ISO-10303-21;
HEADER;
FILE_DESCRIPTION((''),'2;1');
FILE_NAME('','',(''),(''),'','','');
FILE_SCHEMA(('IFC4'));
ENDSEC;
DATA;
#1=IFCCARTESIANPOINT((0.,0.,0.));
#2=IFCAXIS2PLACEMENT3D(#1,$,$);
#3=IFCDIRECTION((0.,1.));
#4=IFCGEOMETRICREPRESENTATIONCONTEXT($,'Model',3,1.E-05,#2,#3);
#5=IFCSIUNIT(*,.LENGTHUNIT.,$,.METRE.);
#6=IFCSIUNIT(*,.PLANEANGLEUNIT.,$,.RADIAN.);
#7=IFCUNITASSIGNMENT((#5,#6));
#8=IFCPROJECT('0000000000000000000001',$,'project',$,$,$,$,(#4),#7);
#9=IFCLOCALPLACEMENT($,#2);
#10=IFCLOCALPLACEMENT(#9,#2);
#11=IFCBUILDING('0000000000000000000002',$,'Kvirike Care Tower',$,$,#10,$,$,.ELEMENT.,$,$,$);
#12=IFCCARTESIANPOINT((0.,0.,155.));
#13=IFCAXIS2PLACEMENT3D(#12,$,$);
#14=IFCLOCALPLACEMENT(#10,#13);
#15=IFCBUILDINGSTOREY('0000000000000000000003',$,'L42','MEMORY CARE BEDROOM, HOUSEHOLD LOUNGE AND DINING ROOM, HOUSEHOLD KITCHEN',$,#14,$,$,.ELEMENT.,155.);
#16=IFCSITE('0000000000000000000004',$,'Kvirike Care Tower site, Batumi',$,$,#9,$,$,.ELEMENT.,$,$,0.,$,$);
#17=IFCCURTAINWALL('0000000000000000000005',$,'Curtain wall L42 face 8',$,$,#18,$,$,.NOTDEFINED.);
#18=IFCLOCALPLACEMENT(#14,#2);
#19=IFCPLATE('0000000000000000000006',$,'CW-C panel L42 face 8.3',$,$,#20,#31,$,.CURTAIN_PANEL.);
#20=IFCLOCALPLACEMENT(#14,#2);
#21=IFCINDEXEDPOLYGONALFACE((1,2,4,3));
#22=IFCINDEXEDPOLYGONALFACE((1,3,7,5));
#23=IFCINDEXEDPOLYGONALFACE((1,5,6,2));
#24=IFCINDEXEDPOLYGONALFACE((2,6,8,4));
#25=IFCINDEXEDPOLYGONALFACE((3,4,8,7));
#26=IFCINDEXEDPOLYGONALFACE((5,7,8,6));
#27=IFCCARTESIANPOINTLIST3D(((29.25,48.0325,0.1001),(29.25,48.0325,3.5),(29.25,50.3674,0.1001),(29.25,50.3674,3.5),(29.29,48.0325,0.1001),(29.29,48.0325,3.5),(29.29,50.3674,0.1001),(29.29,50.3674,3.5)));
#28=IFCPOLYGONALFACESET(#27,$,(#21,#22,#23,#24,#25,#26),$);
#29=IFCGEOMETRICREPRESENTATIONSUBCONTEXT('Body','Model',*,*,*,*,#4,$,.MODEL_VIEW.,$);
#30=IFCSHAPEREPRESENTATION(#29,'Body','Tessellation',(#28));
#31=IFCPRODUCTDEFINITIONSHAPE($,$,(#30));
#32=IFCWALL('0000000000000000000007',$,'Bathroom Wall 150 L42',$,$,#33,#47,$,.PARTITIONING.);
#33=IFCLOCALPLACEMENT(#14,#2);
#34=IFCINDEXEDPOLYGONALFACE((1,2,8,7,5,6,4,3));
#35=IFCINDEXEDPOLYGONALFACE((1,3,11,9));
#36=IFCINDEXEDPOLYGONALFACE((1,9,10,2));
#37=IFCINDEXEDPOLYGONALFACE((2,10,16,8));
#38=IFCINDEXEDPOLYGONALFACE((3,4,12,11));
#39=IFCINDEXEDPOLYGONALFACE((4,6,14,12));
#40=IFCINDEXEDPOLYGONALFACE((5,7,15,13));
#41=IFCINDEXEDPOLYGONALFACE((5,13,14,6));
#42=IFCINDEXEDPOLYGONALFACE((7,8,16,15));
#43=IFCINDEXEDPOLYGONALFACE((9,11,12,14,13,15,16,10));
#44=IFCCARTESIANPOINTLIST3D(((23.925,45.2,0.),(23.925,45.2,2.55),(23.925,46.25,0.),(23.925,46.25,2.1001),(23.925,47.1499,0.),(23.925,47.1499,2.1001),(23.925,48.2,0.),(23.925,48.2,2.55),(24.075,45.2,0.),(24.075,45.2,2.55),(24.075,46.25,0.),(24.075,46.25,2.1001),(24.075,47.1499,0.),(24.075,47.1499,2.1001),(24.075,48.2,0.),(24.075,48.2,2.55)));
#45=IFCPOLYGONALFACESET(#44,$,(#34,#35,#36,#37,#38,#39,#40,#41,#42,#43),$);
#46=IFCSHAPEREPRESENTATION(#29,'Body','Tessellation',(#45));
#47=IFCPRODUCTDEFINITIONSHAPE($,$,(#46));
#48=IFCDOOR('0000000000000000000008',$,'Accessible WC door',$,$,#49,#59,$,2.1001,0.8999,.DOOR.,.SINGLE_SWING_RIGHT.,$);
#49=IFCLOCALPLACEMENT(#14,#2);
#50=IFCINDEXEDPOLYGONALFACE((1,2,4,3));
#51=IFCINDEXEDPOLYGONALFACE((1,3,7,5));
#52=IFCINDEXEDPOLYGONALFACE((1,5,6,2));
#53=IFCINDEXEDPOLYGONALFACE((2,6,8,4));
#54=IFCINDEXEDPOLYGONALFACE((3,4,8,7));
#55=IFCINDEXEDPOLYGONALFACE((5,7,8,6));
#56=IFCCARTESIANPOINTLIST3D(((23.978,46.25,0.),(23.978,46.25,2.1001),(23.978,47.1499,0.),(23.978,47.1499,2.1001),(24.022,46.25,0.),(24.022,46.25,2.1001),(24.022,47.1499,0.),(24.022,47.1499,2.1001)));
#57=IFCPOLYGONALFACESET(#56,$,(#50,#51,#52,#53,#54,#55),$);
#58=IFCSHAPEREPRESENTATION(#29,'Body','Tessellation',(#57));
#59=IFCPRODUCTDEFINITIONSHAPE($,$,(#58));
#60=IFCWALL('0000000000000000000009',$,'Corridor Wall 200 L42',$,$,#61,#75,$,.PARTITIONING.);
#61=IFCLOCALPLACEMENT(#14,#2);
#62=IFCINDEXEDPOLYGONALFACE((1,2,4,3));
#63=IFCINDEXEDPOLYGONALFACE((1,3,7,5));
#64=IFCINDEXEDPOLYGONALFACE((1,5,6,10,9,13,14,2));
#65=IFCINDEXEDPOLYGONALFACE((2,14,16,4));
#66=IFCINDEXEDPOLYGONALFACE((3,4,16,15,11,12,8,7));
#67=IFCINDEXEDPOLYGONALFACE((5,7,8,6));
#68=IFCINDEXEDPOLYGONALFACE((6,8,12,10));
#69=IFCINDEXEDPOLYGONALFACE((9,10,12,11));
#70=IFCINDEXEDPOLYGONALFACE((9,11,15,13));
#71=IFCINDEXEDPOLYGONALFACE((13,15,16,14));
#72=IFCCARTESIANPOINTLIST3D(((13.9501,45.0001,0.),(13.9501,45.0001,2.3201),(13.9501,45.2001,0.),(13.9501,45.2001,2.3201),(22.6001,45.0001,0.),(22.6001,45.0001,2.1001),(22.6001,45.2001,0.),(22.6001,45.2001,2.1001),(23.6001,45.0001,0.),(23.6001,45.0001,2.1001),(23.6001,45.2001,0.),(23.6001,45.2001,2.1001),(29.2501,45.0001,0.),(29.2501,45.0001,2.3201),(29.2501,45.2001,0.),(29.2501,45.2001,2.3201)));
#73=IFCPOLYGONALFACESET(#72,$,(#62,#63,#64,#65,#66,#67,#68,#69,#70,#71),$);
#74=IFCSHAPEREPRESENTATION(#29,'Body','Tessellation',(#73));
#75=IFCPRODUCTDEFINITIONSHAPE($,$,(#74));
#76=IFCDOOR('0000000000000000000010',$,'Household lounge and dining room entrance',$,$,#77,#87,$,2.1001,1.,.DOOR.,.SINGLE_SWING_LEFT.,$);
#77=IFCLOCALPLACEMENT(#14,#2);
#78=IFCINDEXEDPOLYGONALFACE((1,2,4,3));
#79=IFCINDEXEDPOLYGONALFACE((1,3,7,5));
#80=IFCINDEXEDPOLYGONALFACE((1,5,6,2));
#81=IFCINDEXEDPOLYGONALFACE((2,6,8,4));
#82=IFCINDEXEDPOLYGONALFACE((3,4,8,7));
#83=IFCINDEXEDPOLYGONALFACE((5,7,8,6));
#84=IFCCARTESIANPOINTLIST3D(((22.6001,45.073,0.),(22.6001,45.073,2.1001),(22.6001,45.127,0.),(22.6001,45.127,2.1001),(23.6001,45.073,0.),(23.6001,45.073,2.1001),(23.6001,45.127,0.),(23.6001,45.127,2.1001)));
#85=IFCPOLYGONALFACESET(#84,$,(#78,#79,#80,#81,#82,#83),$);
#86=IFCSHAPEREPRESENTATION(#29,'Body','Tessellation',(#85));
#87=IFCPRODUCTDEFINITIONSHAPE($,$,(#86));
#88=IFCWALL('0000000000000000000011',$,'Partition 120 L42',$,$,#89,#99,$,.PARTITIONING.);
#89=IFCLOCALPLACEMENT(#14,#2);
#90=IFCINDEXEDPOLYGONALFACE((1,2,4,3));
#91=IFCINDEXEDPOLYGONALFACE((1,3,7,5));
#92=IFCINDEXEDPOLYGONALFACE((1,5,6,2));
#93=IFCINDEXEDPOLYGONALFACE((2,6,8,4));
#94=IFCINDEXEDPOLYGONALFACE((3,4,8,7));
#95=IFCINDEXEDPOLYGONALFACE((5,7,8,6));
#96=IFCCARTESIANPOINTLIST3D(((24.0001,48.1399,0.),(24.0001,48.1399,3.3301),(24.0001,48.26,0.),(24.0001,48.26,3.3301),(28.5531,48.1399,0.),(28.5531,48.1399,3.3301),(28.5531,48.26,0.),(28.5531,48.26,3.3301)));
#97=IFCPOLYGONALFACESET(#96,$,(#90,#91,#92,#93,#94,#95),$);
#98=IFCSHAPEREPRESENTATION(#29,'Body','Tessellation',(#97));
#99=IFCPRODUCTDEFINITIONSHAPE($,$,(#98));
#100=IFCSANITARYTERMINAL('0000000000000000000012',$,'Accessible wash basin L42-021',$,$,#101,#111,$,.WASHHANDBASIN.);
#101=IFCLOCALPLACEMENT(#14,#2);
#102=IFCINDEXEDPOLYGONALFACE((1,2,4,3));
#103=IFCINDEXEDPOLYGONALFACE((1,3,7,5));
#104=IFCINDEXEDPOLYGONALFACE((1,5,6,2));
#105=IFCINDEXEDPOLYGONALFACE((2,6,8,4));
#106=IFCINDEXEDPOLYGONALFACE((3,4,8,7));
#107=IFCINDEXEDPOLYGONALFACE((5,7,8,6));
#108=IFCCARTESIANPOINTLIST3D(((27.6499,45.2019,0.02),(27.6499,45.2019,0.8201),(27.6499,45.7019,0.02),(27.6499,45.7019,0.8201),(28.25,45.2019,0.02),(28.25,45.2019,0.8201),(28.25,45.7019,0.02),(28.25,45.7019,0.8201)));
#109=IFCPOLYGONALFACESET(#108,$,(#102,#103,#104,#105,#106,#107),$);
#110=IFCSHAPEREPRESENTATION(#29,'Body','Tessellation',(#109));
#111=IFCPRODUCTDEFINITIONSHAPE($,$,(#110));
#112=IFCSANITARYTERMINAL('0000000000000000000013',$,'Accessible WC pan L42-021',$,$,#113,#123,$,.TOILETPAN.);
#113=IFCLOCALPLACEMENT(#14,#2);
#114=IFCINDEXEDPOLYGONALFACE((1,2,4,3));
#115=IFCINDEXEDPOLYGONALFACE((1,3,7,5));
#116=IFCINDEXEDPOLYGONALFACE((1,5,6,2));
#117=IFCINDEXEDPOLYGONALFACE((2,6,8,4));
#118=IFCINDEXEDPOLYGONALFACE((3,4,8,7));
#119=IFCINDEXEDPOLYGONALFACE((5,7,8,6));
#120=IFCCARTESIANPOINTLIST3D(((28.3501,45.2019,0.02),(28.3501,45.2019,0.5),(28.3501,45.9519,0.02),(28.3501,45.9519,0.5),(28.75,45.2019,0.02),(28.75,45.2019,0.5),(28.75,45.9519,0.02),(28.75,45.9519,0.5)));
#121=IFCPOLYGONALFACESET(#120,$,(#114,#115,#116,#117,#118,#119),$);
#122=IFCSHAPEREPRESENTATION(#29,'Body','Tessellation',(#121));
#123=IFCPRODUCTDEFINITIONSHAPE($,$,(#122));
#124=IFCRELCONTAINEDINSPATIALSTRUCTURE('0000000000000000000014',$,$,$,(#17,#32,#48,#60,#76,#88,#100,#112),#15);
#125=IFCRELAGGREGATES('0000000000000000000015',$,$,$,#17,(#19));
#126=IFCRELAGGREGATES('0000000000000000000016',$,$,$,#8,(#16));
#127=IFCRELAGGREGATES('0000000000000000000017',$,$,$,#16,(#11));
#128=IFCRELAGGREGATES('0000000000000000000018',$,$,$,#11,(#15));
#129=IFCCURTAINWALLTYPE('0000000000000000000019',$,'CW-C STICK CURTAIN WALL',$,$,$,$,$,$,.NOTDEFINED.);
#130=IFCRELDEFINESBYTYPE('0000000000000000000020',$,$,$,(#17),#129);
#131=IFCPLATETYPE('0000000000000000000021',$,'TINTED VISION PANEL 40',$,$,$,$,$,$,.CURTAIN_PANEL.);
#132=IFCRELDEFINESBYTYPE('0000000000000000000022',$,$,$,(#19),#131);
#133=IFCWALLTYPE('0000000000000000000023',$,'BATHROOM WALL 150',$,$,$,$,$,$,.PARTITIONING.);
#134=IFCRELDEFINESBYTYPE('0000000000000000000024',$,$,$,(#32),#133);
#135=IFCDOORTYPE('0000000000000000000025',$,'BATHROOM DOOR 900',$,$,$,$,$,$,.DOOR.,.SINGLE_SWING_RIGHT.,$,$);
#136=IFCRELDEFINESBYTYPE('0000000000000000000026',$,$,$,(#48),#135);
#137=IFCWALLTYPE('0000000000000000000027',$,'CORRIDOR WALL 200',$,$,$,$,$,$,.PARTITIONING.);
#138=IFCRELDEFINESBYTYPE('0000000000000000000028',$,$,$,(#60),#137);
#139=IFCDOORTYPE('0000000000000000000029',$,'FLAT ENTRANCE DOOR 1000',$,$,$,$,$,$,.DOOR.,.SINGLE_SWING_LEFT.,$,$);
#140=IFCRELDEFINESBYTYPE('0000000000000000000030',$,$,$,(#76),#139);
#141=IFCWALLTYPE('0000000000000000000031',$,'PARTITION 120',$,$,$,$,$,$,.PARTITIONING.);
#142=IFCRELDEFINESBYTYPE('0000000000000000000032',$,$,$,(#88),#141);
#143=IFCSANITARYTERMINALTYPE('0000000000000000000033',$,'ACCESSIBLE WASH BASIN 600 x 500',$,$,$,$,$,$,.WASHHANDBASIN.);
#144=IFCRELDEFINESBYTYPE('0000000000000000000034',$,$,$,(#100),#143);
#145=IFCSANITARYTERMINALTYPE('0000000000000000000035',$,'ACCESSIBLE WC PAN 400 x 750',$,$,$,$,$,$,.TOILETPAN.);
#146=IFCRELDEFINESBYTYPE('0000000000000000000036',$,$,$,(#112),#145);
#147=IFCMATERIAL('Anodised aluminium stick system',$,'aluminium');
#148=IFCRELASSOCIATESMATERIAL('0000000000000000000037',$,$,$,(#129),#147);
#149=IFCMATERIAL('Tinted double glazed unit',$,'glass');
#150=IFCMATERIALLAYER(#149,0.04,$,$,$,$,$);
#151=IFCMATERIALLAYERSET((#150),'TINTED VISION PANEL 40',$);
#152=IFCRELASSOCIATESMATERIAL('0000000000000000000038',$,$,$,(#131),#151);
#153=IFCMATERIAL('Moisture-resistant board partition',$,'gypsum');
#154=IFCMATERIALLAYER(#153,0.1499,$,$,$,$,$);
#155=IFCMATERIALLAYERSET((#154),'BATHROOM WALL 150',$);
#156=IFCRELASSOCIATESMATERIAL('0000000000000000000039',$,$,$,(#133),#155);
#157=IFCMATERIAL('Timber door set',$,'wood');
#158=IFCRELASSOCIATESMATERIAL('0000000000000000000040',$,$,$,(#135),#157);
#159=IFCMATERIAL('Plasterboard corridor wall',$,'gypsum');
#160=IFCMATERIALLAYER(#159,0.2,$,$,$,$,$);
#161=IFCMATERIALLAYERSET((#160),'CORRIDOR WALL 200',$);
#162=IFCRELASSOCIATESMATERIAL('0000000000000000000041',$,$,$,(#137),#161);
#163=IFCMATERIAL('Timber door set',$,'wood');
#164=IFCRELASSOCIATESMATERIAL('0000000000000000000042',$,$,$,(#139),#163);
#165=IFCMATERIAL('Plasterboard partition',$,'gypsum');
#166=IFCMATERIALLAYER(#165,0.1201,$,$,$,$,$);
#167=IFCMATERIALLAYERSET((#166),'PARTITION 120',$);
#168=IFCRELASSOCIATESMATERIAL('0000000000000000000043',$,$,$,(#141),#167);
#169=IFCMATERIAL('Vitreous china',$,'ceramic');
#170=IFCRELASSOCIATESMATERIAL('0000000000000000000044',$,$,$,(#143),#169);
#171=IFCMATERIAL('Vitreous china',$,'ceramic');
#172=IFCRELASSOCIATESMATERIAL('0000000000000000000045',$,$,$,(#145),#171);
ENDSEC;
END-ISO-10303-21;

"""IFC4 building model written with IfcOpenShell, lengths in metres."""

from ifc_helpers import new_model, si_unit, direction, frame, frame_2d, origin, origin_2d, place, context, subcontext, project, spatial, rectangle, extrude, material, layer, layer_set, type_object, element, fill, aggregate, save


model = new_model("IFC4")

# Units and contexts
model_context = context("Model", 3, precision=1e-05, world=origin(), true_north=direction((0.0, 1.0)))
body_context = subcontext(model_context, "Body", "Model", "MODEL_VIEW")
ifc_project = project(units=[si_unit("LENGTHUNIT", "METRE"), si_unit("PLANEANGLEUNIT", "RADIAN")], contexts=[model_context])

# Site, building, storey
site_placement = place(None, origin())
site = spatial("IfcSite", under=ifc_project, at=site_placement, Name="Kvirike Care Tower site, Batumi", CompositionType="ELEMENT", RefElevation=0.0)
building_placement = place(site_placement, origin())
building = spatial("IfcBuilding", under=site, at=building_placement, Name="Kvirike Care Tower", CompositionType="ELEMENT")
storey_placement = place(building_placement, frame((0.0, 0.0, 155.0)))
storey = spatial("IfcBuildingStorey", under=building, at=storey_placement, Name="L42", Description="MEMORY CARE BEDROOM, HOUSEHOLD LOUNGE AND DINING ROOM, HOUSEHOLD KITCHEN", CompositionType="ELEMENT", Elevation=155.0)

# Curtain wall
ifc_material_1 = material(Name="Anodised aluminium stick system", Category="aluminium")
curtain_wall_type = type_object("IfcCurtainWallType", Name="CW-C STICK CURTAIN WALL", PredefinedType="NOTDEFINED", material=ifc_material_1)
curtain_wall_placement = place(storey_placement, origin())
curtain_wall = element("IfcCurtainWall", 1, at=curtain_wall_placement, inside=storey, type_object=curtain_wall_type, Name="Curtain wall L42 face 8", PredefinedType="NOTDEFINED")

# Plate
ifc_material_2 = material(Name="Tinted double glazed unit", Category="glass")
ifc_layer_1 = layer(ifc_material_2, 0.04)
ifc_layer_set_1 = layer_set([ifc_layer_1], Name="TINTED VISION PANEL 40")
plate_type = type_object("IfcPlateType", Name="TINTED VISION PANEL 40", PredefinedType="CURTAIN_PANEL", material=ifc_layer_set_1)
plate_1_placement = place(storey_placement, frame((29.27, 49.2, 0.1001), z_axis=(0.0, 0.0, 1.0), x_axis=(0.0, 1.0, 0.0)))
plate_1 = element("IfcPlate", 2, at=plate_1_placement, type_object=plate_type, Name="CW-C panel L42 face 8.3", PredefinedType="CURTAIN_PANEL", context=body_context, shape_type="SweptSolid", body=[
    extrude(rectangle(XDim=2.335, YDim=0.04, at=origin_2d()), origin(), (0.0, 0.0, 1.0), 3.3999),
])
aggregate(curtain_wall, [plate_1])

# Walls, openings, doors
ifc_material_3 = material(Name="Moisture-resistant board partition", Category="gypsum")
ifc_layer_2 = layer(ifc_material_3, 0.1499)
ifc_layer_set_2 = layer_set([ifc_layer_2], Name="BATHROOM WALL 150")
wall_type_1 = type_object("IfcWallType", Name="BATHROOM WALL 150", PredefinedType="PARTITIONING", material=ifc_layer_set_2)
wall_1_placement = place(storey_placement, frame((24.0, 48.2, 0.0), z_axis=(0.0, 0.0, 1.0), x_axis=(0.0, -1.0, 0.0)))
wall_1 = element("IfcWall", 3, at=wall_1_placement, inside=storey, type_object=wall_type_1, Name="Bathroom Wall 150 L42", PredefinedType="PARTITIONING", context=body_context, shape_type="SweptSolid", body=[
    extrude(rectangle(XDim=3.0, YDim=0.1499, at=frame_2d((1.5, 0.0))), origin(), (0.0, 0.0, 1.0), 2.55),
])
opening_1_placement = place(wall_1_placement, frame((1.05, 0.0, 0.0)))
opening_1 = element("IfcOpeningElement", 4, at=opening_1_placement, cuts=wall_1, PredefinedType="OPENING", context=body_context, shape_type="SweptSolid", body=[
    extrude(rectangle(XDim=0.8999, YDim=2.1001, at=frame_2d((0.45, 1.05))), frame((0.0, 0.0854, 0.0), z_axis=(0.0, -1.0, 0.0), x_axis=(1.0, 0.0, 0.0)), (0.0, 0.0, 1.0), 0.1709),
])
ifc_material_4 = material(Name="Timber door set", Category="wood")
door_type_1 = type_object("IfcDoorType", Name="BATHROOM DOOR 900", OperationType="SINGLE_SWING_RIGHT", PredefinedType="DOOR", material=ifc_material_4)
door_1_placement = place(opening_1_placement, origin())
door_1 = element("IfcDoor", 5, at=door_1_placement, inside=storey, type_object=door_type_1, Name="Accessible WC door", OperationType="SINGLE_SWING_RIGHT", OverallHeight=2.1001, OverallWidth=0.8999, PredefinedType="DOOR", context=body_context, shape_type="SweptSolid", body=[
    extrude(rectangle(XDim=0.8999, YDim=2.1001, at=frame_2d((0.45, 1.05))), frame((0.0, 0.022, 0.0), z_axis=(0.0, -1.0, 0.0), x_axis=(1.0, 0.0, 0.0)), (0.0, 0.0, 1.0), 0.0439),
])
fill(opening_1, door_1)
ifc_material_5 = material(Name="Plasterboard corridor wall", Category="gypsum")
ifc_layer_3 = layer(ifc_material_5, 0.2)
ifc_layer_set_3 = layer_set([ifc_layer_3], Name="CORRIDOR WALL 200")
wall_type_2 = type_object("IfcWallType", Name="CORRIDOR WALL 200", PredefinedType="PARTITIONING", material=ifc_layer_set_3)
wall_2_placement = place(storey_placement, frame((29.25, 45.1001, 0.0), z_axis=(0.0, 0.0, 1.0), x_axis=(-1.0, 0.0, 0.0)))
wall_2 = element("IfcWall", 6, at=wall_2_placement, inside=storey, type_object=wall_type_2, Name="Corridor Wall 200 L42", PredefinedType="PARTITIONING", context=body_context, shape_type="SweptSolid", body=[
    extrude(rectangle(XDim=15.3, YDim=0.2, at=frame_2d((7.6499, 0.0))), origin(), (0.0, 0.0, 1.0), 2.3201),
])
opening_2_placement = place(wall_2_placement, frame((5.6499, 0.0, 0.0)))
opening_2 = element("IfcOpeningElement", 7, at=opening_2_placement, cuts=wall_2, PredefinedType="OPENING", context=body_context, shape_type="SweptSolid", body=[
    extrude(rectangle(XDim=1.0, YDim=2.1001, at=frame_2d((0.5, 1.05))), frame((0.0, 0.1106, 0.0), z_axis=(0.0, -1.0, 0.0), x_axis=(1.0, 0.0, 0.0)), (0.0, 0.0, 1.0), 0.2209),
])
ifc_material_6 = material(Name="Timber door set", Category="wood")
door_type_2 = type_object("IfcDoorType", Name="FLAT ENTRANCE DOOR 1000", OperationType="SINGLE_SWING_LEFT", PredefinedType="DOOR", material=ifc_material_6)
door_2_placement = place(opening_2_placement, frame((1.0, 0.0, 0.0), z_axis=(0.0, 0.0, 1.0), x_axis=(-1.0, 0.0, 0.0)))
door_2 = element("IfcDoor", 8, at=door_2_placement, inside=storey, type_object=door_type_2, Name="Household lounge and dining room entrance", OperationType="SINGLE_SWING_LEFT", OverallHeight=2.1001, OverallWidth=1.0, PredefinedType="DOOR", context=body_context, shape_type="SweptSolid", body=[
    extrude(rectangle(XDim=1.0, YDim=2.1001, at=frame_2d((0.5, 1.05))), frame((0.0, 0.0269, 0.0), z_axis=(0.0, -1.0, 0.0), x_axis=(1.0, 0.0, 0.0)), (0.0, 0.0, 1.0), 0.054),
])
fill(opening_2, door_2)

# Wall
ifc_material_7 = material(Name="Plasterboard partition", Category="gypsum")
ifc_layer_4 = layer(ifc_material_7, 0.1201)
ifc_layer_set_4 = layer_set([ifc_layer_4], Name="PARTITION 120")
wall_type_3 = type_object("IfcWallType", Name="PARTITION 120", PredefinedType="PARTITIONING", material=ifc_layer_set_4)
wall_3_placement = place(storey_placement, frame((28.553, 48.2, 0.0), z_axis=(0.0, 0.0, 1.0), x_axis=(-1.0, 0.0, 0.0)))
element("IfcWall", 9, at=wall_3_placement, inside=storey, type_object=wall_type_3, Name="Partition 120 L42", PredefinedType="PARTITIONING", context=body_context, shape_type="SweptSolid", body=[
    extrude(rectangle(XDim=4.553, YDim=0.1201, at=frame_2d((2.2764, 0.0))), origin(), (0.0, 0.0, 1.0), 3.3301),
])

# Sanitary terminals
ifc_material_8 = material(Name="Vitreous china", Category="ceramic")
sanitary_terminal_type_1 = type_object("IfcSanitaryTerminalType", Name="ACCESSIBLE WASH BASIN 600 x 500", PredefinedType="WASHHANDBASIN", material=ifc_material_8)
sanitary_terminal_1_placement = place(storey_placement, frame((27.95, 45.4519, 0.02), z_axis=(0.0, 0.0, 1.0), x_axis=(-1.0, 0.0, 0.0)))
element("IfcSanitaryTerminal", 10, at=sanitary_terminal_1_placement, inside=storey, type_object=sanitary_terminal_type_1, Name="Accessible wash basin L42-021", PredefinedType="WASHHANDBASIN", context=body_context, shape_type="SweptSolid", body=[
    extrude(rectangle(XDim=0.6001, YDim=0.5, at=origin_2d()), origin(), (0.0, 0.0, 1.0), 0.8),
])
ifc_material_9 = material(Name="Vitreous china", Category="ceramic")
sanitary_terminal_type_2 = type_object("IfcSanitaryTerminalType", Name="ACCESSIBLE WC PAN 400 x 750", PredefinedType="TOILETPAN", material=ifc_material_9)
sanitary_terminal_2_placement = place(storey_placement, frame((28.55, 45.5769, 0.02), z_axis=(0.0, 0.0, 1.0), x_axis=(-1.0, 0.0, 0.0)))
element("IfcSanitaryTerminal", 11, at=sanitary_terminal_2_placement, inside=storey, type_object=sanitary_terminal_type_2, Name="Accessible WC pan L42-021", PredefinedType="TOILETPAN", context=body_context, shape_type="SweptSolid", body=[
    extrude(rectangle(XDim=0.3999, YDim=0.75, at=origin_2d()), origin(), (0.0, 0.0, 1.0), 0.48),
])

save(model, "model.ifc")
